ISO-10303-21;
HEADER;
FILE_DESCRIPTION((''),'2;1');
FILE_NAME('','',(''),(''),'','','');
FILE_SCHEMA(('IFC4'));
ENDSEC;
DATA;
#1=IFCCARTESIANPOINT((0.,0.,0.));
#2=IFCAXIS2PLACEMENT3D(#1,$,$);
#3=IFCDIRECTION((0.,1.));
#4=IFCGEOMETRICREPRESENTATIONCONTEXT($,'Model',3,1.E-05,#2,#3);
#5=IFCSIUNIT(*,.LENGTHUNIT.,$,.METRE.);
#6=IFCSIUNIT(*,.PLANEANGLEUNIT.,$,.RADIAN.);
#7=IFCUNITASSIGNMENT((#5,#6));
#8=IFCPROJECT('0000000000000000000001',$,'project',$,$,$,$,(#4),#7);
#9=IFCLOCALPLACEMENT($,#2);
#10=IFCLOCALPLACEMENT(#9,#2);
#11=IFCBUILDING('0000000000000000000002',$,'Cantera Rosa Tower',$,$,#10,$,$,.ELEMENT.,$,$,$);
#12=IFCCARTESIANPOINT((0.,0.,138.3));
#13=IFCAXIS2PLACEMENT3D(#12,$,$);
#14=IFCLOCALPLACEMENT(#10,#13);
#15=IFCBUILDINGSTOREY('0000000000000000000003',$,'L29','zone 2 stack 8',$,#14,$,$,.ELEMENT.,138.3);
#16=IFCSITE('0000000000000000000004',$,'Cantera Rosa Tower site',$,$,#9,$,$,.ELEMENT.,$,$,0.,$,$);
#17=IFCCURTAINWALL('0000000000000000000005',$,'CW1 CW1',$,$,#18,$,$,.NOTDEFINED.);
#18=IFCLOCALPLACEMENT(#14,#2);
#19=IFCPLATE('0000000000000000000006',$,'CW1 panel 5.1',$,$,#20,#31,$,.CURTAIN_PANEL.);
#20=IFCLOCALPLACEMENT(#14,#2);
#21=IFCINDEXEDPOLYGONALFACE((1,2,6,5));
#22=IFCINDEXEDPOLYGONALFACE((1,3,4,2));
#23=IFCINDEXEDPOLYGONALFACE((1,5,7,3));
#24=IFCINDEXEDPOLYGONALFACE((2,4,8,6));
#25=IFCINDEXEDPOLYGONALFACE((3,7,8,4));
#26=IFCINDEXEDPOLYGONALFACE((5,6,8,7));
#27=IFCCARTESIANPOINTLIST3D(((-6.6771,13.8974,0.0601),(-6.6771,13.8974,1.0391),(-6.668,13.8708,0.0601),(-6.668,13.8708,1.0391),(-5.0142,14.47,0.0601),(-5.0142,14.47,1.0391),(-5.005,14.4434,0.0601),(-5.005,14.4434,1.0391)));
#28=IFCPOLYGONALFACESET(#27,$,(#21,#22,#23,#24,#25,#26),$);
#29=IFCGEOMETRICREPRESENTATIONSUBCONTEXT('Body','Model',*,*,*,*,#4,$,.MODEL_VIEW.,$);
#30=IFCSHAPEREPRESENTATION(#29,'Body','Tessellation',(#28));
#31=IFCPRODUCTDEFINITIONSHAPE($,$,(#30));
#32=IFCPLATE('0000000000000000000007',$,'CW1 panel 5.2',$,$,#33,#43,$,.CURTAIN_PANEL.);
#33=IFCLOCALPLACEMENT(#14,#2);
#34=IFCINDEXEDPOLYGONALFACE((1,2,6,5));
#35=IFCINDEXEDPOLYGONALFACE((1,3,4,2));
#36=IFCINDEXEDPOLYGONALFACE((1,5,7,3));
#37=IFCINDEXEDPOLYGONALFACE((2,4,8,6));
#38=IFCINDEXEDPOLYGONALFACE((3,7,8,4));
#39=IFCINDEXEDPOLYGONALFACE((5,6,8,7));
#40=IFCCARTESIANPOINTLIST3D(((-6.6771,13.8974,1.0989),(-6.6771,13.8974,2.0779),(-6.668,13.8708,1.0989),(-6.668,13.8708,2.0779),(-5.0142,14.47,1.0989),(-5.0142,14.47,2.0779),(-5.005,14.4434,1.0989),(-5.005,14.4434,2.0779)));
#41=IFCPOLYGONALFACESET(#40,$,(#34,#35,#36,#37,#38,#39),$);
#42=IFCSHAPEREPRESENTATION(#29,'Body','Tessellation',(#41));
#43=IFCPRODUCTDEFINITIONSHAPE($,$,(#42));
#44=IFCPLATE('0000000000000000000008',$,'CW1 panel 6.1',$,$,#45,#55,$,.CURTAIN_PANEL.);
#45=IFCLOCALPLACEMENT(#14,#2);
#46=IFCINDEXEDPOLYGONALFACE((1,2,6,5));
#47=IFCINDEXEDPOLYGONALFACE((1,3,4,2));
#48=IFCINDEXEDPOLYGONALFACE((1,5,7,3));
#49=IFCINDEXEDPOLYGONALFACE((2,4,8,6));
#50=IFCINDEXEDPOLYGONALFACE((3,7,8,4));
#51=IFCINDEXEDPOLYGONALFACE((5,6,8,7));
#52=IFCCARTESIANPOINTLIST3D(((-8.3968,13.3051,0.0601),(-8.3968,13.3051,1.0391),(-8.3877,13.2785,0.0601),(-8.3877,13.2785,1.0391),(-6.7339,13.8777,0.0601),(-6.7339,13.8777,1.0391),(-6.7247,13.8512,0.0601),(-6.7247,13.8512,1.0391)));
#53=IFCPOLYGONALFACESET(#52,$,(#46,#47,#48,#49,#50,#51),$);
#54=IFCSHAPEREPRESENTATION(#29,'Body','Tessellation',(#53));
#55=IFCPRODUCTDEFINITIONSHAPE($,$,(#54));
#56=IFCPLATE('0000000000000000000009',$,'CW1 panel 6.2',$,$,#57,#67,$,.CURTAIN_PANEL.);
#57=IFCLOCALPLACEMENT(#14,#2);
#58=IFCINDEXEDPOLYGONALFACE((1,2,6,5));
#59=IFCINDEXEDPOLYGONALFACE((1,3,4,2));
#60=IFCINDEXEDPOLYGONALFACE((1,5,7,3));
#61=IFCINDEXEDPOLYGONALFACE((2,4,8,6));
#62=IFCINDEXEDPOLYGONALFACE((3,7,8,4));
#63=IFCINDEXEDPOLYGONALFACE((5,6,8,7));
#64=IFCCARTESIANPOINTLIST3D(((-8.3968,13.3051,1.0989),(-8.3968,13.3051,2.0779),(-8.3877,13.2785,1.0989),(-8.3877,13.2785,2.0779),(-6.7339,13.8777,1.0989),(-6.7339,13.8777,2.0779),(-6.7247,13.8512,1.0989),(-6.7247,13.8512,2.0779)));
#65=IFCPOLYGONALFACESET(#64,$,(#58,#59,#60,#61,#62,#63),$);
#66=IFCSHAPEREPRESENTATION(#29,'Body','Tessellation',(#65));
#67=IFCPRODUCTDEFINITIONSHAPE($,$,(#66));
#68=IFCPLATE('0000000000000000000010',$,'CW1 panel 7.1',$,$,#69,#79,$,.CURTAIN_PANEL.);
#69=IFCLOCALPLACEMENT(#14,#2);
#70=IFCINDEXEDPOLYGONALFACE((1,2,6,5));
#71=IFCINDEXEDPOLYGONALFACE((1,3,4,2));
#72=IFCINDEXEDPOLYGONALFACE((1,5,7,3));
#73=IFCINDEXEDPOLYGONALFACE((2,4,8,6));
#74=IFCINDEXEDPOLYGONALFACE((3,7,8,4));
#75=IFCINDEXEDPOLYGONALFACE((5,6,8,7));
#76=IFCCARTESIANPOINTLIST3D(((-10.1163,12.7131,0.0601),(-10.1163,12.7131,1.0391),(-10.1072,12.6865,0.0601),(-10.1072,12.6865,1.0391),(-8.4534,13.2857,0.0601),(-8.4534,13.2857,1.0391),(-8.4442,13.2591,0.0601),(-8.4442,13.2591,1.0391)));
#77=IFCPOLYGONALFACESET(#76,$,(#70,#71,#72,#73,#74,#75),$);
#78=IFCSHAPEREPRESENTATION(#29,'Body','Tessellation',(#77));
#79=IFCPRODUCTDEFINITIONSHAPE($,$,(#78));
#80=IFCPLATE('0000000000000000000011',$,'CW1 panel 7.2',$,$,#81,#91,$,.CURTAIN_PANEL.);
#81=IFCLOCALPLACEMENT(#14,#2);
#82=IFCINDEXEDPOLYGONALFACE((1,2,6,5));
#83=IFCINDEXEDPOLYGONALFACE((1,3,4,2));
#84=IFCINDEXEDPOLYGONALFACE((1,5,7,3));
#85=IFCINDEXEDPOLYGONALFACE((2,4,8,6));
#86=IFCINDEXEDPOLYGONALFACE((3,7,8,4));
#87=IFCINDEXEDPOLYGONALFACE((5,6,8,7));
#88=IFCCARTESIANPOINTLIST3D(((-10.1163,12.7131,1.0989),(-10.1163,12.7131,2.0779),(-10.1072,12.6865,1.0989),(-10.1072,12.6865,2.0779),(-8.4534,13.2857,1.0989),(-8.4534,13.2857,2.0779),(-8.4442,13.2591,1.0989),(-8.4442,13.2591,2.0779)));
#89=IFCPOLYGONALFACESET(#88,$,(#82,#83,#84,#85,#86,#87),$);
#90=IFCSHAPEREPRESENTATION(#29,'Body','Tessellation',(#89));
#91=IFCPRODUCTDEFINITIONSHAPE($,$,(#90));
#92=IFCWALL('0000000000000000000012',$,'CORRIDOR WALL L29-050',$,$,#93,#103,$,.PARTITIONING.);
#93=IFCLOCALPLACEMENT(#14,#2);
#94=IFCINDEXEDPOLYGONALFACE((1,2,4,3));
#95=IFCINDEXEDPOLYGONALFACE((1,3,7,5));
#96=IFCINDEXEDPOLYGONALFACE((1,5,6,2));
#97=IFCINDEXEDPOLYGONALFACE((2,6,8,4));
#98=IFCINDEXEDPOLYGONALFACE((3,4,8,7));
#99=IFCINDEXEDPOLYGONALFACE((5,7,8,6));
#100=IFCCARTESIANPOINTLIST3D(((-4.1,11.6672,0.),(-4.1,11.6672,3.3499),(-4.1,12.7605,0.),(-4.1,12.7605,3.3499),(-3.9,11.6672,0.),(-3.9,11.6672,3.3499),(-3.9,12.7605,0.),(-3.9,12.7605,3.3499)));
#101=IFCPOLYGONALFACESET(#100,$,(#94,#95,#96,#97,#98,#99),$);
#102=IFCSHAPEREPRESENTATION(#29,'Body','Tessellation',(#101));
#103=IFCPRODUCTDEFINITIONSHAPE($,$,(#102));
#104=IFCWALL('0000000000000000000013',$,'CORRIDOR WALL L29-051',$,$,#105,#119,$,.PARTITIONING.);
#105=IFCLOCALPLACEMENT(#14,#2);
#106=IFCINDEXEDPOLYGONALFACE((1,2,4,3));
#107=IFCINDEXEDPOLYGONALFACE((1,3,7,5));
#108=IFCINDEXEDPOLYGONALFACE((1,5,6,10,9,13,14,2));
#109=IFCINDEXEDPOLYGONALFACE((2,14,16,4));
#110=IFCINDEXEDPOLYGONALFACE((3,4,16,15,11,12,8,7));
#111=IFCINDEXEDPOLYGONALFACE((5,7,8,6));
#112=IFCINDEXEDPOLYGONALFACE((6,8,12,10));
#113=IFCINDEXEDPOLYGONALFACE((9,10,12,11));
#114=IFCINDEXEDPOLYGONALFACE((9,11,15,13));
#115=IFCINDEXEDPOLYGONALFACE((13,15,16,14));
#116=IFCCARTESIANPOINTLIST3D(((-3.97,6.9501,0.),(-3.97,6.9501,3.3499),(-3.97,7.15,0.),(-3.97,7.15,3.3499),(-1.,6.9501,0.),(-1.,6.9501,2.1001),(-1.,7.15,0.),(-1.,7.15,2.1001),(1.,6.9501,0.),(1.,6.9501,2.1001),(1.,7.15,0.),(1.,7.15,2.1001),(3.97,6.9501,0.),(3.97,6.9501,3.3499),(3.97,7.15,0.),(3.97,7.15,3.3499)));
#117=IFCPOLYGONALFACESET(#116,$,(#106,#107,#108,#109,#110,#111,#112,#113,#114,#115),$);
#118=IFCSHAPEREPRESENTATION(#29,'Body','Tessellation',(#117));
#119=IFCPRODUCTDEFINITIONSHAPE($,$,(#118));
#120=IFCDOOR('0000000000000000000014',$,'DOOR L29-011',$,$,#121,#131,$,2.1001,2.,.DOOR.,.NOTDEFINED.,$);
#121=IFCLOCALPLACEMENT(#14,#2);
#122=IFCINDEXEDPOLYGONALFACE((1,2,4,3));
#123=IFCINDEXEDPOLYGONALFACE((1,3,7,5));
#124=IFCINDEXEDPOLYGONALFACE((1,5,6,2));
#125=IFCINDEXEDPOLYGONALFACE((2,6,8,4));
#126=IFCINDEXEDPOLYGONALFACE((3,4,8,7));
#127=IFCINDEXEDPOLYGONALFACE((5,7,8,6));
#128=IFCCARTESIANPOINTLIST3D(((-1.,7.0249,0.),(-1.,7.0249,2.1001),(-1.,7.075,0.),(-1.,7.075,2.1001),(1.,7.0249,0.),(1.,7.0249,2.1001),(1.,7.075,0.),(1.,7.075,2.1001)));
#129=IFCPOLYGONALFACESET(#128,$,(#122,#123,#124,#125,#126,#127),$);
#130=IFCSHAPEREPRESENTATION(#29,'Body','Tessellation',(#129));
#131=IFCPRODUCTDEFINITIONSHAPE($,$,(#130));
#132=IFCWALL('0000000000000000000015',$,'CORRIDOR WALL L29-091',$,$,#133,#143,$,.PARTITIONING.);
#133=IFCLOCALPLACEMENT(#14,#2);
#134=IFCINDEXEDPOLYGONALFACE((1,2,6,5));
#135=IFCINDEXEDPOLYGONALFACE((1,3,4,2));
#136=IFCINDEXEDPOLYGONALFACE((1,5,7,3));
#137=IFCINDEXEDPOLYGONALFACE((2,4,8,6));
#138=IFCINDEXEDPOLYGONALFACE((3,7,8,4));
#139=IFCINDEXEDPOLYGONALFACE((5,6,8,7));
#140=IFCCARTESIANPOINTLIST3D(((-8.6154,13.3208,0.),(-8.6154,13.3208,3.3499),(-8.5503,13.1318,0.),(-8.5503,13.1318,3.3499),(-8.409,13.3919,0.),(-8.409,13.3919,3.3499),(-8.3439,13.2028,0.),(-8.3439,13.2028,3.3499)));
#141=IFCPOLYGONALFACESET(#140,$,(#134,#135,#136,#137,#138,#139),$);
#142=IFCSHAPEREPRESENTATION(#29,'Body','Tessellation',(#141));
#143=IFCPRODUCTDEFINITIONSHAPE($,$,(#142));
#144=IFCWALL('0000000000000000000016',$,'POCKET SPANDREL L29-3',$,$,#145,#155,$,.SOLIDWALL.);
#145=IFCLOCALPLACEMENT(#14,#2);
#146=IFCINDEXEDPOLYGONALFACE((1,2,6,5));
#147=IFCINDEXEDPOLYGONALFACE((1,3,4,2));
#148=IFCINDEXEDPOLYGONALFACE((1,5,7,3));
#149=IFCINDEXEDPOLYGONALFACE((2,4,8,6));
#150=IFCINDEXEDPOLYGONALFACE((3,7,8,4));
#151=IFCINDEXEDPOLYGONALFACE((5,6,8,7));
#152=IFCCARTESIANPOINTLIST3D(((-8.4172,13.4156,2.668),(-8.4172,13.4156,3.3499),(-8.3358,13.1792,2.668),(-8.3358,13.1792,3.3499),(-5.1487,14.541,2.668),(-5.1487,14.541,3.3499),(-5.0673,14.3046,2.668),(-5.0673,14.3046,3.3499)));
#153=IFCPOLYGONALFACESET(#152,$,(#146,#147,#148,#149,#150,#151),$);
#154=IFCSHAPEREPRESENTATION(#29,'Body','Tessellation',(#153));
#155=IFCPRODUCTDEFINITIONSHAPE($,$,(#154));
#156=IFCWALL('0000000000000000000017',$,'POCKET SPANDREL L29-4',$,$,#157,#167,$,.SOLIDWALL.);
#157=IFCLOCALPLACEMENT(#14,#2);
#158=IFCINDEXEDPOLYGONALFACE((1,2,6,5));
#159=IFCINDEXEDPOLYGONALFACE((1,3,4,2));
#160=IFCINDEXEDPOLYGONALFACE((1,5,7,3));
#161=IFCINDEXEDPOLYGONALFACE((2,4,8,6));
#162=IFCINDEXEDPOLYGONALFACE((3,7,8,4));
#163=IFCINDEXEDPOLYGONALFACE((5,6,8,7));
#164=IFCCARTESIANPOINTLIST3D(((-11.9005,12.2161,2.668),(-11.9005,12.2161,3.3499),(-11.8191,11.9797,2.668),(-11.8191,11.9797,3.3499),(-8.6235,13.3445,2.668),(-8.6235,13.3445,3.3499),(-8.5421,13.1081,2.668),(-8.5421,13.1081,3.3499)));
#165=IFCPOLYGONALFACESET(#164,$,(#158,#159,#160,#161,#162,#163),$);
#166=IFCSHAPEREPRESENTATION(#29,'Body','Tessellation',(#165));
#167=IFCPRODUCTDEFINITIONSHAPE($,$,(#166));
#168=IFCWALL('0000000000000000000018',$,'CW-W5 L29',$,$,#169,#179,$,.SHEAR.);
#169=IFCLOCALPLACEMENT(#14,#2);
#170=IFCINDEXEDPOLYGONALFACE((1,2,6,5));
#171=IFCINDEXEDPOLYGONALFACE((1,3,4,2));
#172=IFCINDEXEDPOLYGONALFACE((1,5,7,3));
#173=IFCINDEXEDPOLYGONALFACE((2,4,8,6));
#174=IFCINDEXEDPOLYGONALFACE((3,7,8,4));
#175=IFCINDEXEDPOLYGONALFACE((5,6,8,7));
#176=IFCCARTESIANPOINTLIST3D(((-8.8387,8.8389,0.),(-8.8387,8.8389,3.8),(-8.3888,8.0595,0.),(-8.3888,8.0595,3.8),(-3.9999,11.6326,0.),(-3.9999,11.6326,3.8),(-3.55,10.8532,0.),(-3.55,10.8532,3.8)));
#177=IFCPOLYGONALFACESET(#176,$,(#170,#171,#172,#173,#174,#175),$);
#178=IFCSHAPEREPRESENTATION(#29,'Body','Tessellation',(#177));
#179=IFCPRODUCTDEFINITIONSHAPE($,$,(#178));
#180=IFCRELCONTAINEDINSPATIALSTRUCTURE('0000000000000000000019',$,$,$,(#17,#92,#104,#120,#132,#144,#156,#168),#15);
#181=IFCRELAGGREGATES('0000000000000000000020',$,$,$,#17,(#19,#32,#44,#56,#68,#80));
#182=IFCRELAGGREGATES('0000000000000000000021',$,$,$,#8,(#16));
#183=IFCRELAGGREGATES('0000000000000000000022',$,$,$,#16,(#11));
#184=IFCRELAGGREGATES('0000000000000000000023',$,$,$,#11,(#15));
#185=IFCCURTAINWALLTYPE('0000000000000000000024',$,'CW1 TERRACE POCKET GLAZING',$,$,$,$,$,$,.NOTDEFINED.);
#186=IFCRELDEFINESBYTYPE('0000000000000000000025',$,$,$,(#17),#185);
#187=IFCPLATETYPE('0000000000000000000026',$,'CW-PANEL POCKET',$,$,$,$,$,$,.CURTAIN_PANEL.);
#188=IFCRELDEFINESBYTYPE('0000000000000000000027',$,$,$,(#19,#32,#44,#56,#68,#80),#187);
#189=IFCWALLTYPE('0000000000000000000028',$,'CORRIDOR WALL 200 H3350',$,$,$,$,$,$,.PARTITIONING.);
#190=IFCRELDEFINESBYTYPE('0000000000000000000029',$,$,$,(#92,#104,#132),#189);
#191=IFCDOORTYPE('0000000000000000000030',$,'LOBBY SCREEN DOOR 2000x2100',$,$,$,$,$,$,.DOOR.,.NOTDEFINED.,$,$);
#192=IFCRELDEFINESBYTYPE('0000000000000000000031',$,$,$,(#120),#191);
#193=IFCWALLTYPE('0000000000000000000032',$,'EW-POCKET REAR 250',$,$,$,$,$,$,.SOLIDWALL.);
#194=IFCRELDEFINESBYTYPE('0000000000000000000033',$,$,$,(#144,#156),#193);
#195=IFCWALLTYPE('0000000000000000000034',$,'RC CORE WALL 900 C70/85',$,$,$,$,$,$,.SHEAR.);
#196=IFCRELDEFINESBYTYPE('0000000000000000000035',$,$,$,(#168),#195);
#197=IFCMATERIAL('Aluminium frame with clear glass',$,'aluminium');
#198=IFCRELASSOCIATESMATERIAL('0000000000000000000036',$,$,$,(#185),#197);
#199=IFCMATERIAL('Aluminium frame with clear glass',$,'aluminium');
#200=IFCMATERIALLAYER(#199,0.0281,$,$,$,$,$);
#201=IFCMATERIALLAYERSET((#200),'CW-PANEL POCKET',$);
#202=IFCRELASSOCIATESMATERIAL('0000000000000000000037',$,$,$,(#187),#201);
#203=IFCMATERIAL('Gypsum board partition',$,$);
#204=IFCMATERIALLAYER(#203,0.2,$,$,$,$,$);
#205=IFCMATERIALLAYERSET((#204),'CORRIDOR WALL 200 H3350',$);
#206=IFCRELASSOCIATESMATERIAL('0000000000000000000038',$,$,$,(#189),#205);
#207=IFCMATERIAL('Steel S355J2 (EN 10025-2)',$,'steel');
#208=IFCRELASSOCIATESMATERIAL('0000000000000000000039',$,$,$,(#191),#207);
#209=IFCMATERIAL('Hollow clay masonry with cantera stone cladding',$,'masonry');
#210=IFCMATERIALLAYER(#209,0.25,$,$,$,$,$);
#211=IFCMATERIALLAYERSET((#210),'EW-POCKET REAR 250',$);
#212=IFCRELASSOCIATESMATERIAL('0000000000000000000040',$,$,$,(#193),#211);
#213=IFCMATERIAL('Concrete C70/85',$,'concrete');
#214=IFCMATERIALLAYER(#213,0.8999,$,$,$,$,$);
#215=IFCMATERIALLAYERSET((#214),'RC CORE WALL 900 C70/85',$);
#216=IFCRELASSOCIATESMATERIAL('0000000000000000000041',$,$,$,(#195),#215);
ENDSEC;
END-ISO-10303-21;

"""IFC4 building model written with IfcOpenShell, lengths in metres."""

from ifc_helpers import new_model, si_unit, direction, frame, frame_2d, origin, origin_2d, place, context, subcontext, project, spatial, rectangle, extrude, material, layer, layer_set, type_object, element, fill, aggregate, save


model = new_model("IFC4")

# Units and contexts
model_context = context("Model", 3, precision=1e-05, world=origin(), true_north=direction((0.0, 1.0)))
body_context = subcontext(model_context, "Body", "Model", "MODEL_VIEW")
ifc_project = project(units=[si_unit("LENGTHUNIT", "METRE"), si_unit("PLANEANGLEUNIT", "RADIAN")], contexts=[model_context])

# Site, building, storey
site_placement = place(None, origin())
site = spatial("IfcSite", under=ifc_project, at=site_placement, Name="Cantera Rosa Tower site", CompositionType="ELEMENT", RefElevation=0.0)
building_placement = place(site_placement, origin())
building = spatial("IfcBuilding", under=site, at=building_placement, Name="Cantera Rosa Tower", CompositionType="ELEMENT")
storey_placement = place(building_placement, frame((0.0, 0.0, 138.3)))
storey = spatial("IfcBuildingStorey", under=building, at=storey_placement, Name="L29", Description="zone 2 stack 8", CompositionType="ELEMENT", Elevation=138.3)

# Curtain wall
ifc_material_1 = material(Name="Aluminium frame with clear glass", Category="aluminium")
curtain_wall_type = type_object("IfcCurtainWallType", Name="CW1 TERRACE POCKET GLAZING", PredefinedType="NOTDEFINED", material=ifc_material_1)
curtain_wall_placement = place(storey_placement, origin())
curtain_wall = element("IfcCurtainWall", 1, at=curtain_wall_placement, inside=storey, type_object=curtain_wall_type, Name="CW1 CW1", PredefinedType="NOTDEFINED")

# Plates
ifc_material_2 = material(Name="Aluminium frame with clear glass", Category="aluminium")
ifc_layer_1 = layer(ifc_material_2, 0.0281)
ifc_layer_set_1 = layer_set([ifc_layer_1], Name="CW-PANEL POCKET")
plate_type = type_object("IfcPlateType", Name="CW-PANEL POCKET", PredefinedType="CURTAIN_PANEL", material=ifc_layer_set_1)
plate_1_placement = place(storey_placement, frame((-5.8411, 14.1704, 0.0601), z_axis=(0.0, 0.0, 1.0), x_axis=(-0.945519, -0.325568, 0.0)))
plate_1 = element("IfcPlate", 2, at=plate_1_placement, type_object=plate_type, Name="CW1 panel 5.1", PredefinedType="CURTAIN_PANEL", context=body_context, shape_type="SweptSolid", body=[
    extrude(rectangle(XDim=1.7588, YDim=0.0281, at=origin_2d()), origin(), (0.0, 0.0, 1.0), 0.979),
])
plate_2_placement = place(storey_placement, frame((-5.8411, 14.1704, 1.0989), z_axis=(0.0, 0.0, 1.0), x_axis=(-0.945519, -0.325568, 0.0)))
plate_2 = element("IfcPlate", 3, at=plate_2_placement, type_object=plate_type, Name="CW1 panel 5.2", PredefinedType="CURTAIN_PANEL", context=body_context, shape_type="SweptSolid", body=[
    extrude(rectangle(XDim=1.7588, YDim=0.0281, at=origin_2d()), origin(), (0.0, 0.0, 1.0), 0.979),
])
plate_3_placement = place(storey_placement, frame((-7.5608, 13.5781, 0.0601), z_axis=(0.0, 0.0, 1.0), x_axis=(-0.945519, -0.325568, 0.0)))
plate_3 = element("IfcPlate", 4, at=plate_3_placement, type_object=plate_type, Name="CW1 panel 6.1", PredefinedType="CURTAIN_PANEL", context=body_context, shape_type="SweptSolid", body=[
    extrude(rectangle(XDim=1.7588, YDim=0.0281, at=origin_2d()), origin(), (0.0, 0.0, 1.0), 0.979),
])
plate_4_placement = place(storey_placement, frame((-7.5608, 13.5781, 1.0989), z_axis=(0.0, 0.0, 1.0), x_axis=(-0.945519, -0.325568, 0.0)))
plate_4 = element("IfcPlate", 5, at=plate_4_placement, type_object=plate_type, Name="CW1 panel 6.2", PredefinedType="CURTAIN_PANEL", context=body_context, shape_type="SweptSolid", body=[
    extrude(rectangle(XDim=1.7588, YDim=0.0281, at=origin_2d()), origin(), (0.0, 0.0, 1.0), 0.979),
])
plate_5_placement = place(storey_placement, frame((-9.2803, 12.9861, 0.0601), z_axis=(0.0, 0.0, 1.0), x_axis=(-0.945519, -0.325568, 0.0)))
plate_5 = element("IfcPlate", 6, at=plate_5_placement, type_object=plate_type, Name="CW1 panel 7.1", PredefinedType="CURTAIN_PANEL", context=body_context, shape_type="SweptSolid", body=[
    extrude(rectangle(XDim=1.7588, YDim=0.0281, at=origin_2d()), origin(), (0.0, 0.0, 1.0), 0.979),
])
plate_6_placement = place(storey_placement, frame((-9.2803, 12.9861, 1.0989), z_axis=(0.0, 0.0, 1.0), x_axis=(-0.945519, -0.325568, 0.0)))
plate_6 = element("IfcPlate", 7, at=plate_6_placement, type_object=plate_type, Name="CW1 panel 7.2", PredefinedType="CURTAIN_PANEL", context=body_context, shape_type="SweptSolid", body=[
    extrude(rectangle(XDim=1.7588, YDim=0.0281, at=origin_2d()), origin(), (0.0, 0.0, 1.0), 0.979),
])
aggregate(curtain_wall, [plate_1, plate_2, plate_3, plate_4, plate_5, plate_6])

# Wall
ifc_material_3 = material(Name="Gypsum board partition")
ifc_layer_2 = layer(ifc_material_3, 0.2)
ifc_layer_set_2 = layer_set([ifc_layer_2], Name="CORRIDOR WALL 200 H3350")
wall_type_1 = type_object("IfcWallType", Name="CORRIDOR WALL 200 H3350", PredefinedType="PARTITIONING", material=ifc_layer_set_2)
wall_1_placement = place(storey_placement, frame((-4.0, 12.7605, 0.0), z_axis=(0.0, 0.0, 1.0), x_axis=(0.0, -1.0, 0.0)))
element("IfcWall", 8, at=wall_1_placement, inside=storey, type_object=wall_type_1, Name="CORRIDOR WALL L29-050", PredefinedType="PARTITIONING", context=body_context, shape_type="SweptSolid", body=[
    extrude(rectangle(XDim=1.0933, YDim=0.2, at=frame_2d((0.5466, 0.0))), origin(), (0.0, 0.0, 1.0), 3.3499),
])

# Wall, opening, door
wall_2_placement = place(storey_placement, frame((-3.97, 7.05, 0.0), z_axis=(0.0, 0.0, 1.0), x_axis=(1.0, 0.0, 0.0)))
wall_2 = element("IfcWall", 9, at=wall_2_placement, inside=storey, type_object=wall_type_1, Name="CORRIDOR WALL L29-051", PredefinedType="PARTITIONING", context=body_context, shape_type="SweptSolid", body=[
    extrude(rectangle(XDim=7.9399, YDim=0.2, at=frame_2d((3.97, 0.0))), origin(), (0.0, 0.0, 1.0), 3.3499),
])
opening_1_placement = place(wall_2_placement, frame((2.97, 0.0, 0.0)))
opening_1 = element("IfcOpeningElement", 10, at=opening_1_placement, cuts=wall_2, PredefinedType="OPENING", context=body_context, shape_type="SweptSolid", body=[
    extrude(rectangle(XDim=2.0, YDim=2.1001, at=frame_2d((1.0, 1.05))), frame((0.0, 0.1099, 0.0), z_axis=(0.0, -1.0, 0.0), x_axis=(1.0, 0.0, 0.0)), (0.0, 0.0, 1.0), 0.22),
])
ifc_material_4 = material(Name="Steel S355J2 (EN 10025-2)", Category="steel")
door_type_1 = type_object("IfcDoorType", Name="LOBBY SCREEN DOOR 2000x2100", OperationType="NOTDEFINED", PredefinedType="DOOR", material=ifc_material_4)
door_1_placement = place(opening_1_placement, origin())
door_1 = element("IfcDoor", 11, at=door_1_placement, inside=storey, type_object=door_type_1, Name="DOOR L29-011", OperationType="NOTDEFINED", OverallHeight=2.1001, OverallWidth=2.0, PredefinedType="DOOR", context=body_context, shape_type="SweptSolid", body=[
    extrude(rectangle(XDim=2.0, YDim=2.1001, at=frame_2d((1.0, 1.05))), frame((0.0, 0.0249, 0.0), z_axis=(0.0, -1.0, 0.0), x_axis=(1.0, 0.0, 0.0)), (0.0, 0.0, 1.0), 0.05),
])
fill(opening_1, door_1)

# Walls
wall_3_placement = place(storey_placement, frame((-8.3765, 13.2974, 0.0), z_axis=(0.0, 0.0, 1.0), x_axis=(-0.945504, -0.325611, 0.0)))
element("IfcWall", 12, at=wall_3_placement, inside=storey, type_object=wall_type_1, Name="CORRIDOR WALL L29-091", PredefinedType="PARTITIONING", context=body_context, shape_type="SweptSolid", body=[
    extrude(rectangle(XDim=0.2183, YDim=0.2, at=frame_2d((0.1091, 0.0))), origin(), (0.0, 0.0, 1.0), 3.3499),
])
ifc_material_5 = material(Name="Hollow clay masonry with cantera stone cladding", Category="masonry")
ifc_layer_3 = layer(ifc_material_5, 0.25)
ifc_layer_set_3 = layer_set([ifc_layer_3], Name="EW-POCKET REAR 250")
wall_type_2 = type_object("IfcWallType", Name="EW-POCKET REAR 250", PredefinedType="SOLIDWALL", material=ifc_layer_set_3)
wall_4_placement = place(storey_placement, frame((-5.1079, 14.4229, 2.668), z_axis=(0.0, 0.0, 1.0), x_axis=(-0.945515, -0.325577, 0.0)))
element("IfcWall", 13, at=wall_4_placement, inside=storey, type_object=wall_type_2, Name="POCKET SPANDREL L29-3", PredefinedType="SOLIDWALL", context=body_context, shape_type="SweptSolid", body=[
    extrude(rectangle(XDim=3.4568, YDim=0.25, at=frame_2d((1.7285, 0.0))), origin(), (0.0, 0.0, 1.0), 0.6819),
])
wall_5_placement = place(storey_placement, frame((-8.5828, 13.2263, 2.668), z_axis=(0.0, 0.0, 1.0), x_axis=(-0.945517, -0.325574, 0.0)))
element("IfcWall", 14, at=wall_5_placement, inside=storey, type_object=wall_type_2, Name="POCKET SPANDREL L29-4", PredefinedType="SOLIDWALL", context=body_context, shape_type="SweptSolid", body=[
    extrude(rectangle(XDim=3.4658, YDim=0.25, at=frame_2d((1.7329, 0.0))), origin(), (0.0, 0.0, 1.0), 0.6819),
])
ifc_material_6 = material(Name="Concrete C70/85", Category="concrete")
ifc_layer_4 = layer(ifc_material_6, 0.8999)
ifc_layer_set_4 = layer_set([ifc_layer_4], Name="RC CORE WALL 900 C70/85")
wall_type_3 = type_object("IfcWallType", Name="RC CORE WALL 900 C70/85", PredefinedType="SHEAR", material=ifc_layer_set_4)
wall_6_placement = place(storey_placement, frame((-8.6138, 8.4492, 0.0), z_axis=(0.0, 0.0, 1.0), x_axis=(0.866027, 0.499997, 0.0)))
element("IfcWall", 15, at=wall_6_placement, inside=storey, type_object=wall_type_3, Name="CW-W5 L29", PredefinedType="SHEAR", context=body_context, shape_type="SweptSolid", body=[
    extrude(rectangle(XDim=5.5874, YDim=0.8999, at=frame_2d((2.7937, 0.0))), origin(), (0.0, 0.0, 1.0), 3.8),
])

save(model, "model.ifc")
